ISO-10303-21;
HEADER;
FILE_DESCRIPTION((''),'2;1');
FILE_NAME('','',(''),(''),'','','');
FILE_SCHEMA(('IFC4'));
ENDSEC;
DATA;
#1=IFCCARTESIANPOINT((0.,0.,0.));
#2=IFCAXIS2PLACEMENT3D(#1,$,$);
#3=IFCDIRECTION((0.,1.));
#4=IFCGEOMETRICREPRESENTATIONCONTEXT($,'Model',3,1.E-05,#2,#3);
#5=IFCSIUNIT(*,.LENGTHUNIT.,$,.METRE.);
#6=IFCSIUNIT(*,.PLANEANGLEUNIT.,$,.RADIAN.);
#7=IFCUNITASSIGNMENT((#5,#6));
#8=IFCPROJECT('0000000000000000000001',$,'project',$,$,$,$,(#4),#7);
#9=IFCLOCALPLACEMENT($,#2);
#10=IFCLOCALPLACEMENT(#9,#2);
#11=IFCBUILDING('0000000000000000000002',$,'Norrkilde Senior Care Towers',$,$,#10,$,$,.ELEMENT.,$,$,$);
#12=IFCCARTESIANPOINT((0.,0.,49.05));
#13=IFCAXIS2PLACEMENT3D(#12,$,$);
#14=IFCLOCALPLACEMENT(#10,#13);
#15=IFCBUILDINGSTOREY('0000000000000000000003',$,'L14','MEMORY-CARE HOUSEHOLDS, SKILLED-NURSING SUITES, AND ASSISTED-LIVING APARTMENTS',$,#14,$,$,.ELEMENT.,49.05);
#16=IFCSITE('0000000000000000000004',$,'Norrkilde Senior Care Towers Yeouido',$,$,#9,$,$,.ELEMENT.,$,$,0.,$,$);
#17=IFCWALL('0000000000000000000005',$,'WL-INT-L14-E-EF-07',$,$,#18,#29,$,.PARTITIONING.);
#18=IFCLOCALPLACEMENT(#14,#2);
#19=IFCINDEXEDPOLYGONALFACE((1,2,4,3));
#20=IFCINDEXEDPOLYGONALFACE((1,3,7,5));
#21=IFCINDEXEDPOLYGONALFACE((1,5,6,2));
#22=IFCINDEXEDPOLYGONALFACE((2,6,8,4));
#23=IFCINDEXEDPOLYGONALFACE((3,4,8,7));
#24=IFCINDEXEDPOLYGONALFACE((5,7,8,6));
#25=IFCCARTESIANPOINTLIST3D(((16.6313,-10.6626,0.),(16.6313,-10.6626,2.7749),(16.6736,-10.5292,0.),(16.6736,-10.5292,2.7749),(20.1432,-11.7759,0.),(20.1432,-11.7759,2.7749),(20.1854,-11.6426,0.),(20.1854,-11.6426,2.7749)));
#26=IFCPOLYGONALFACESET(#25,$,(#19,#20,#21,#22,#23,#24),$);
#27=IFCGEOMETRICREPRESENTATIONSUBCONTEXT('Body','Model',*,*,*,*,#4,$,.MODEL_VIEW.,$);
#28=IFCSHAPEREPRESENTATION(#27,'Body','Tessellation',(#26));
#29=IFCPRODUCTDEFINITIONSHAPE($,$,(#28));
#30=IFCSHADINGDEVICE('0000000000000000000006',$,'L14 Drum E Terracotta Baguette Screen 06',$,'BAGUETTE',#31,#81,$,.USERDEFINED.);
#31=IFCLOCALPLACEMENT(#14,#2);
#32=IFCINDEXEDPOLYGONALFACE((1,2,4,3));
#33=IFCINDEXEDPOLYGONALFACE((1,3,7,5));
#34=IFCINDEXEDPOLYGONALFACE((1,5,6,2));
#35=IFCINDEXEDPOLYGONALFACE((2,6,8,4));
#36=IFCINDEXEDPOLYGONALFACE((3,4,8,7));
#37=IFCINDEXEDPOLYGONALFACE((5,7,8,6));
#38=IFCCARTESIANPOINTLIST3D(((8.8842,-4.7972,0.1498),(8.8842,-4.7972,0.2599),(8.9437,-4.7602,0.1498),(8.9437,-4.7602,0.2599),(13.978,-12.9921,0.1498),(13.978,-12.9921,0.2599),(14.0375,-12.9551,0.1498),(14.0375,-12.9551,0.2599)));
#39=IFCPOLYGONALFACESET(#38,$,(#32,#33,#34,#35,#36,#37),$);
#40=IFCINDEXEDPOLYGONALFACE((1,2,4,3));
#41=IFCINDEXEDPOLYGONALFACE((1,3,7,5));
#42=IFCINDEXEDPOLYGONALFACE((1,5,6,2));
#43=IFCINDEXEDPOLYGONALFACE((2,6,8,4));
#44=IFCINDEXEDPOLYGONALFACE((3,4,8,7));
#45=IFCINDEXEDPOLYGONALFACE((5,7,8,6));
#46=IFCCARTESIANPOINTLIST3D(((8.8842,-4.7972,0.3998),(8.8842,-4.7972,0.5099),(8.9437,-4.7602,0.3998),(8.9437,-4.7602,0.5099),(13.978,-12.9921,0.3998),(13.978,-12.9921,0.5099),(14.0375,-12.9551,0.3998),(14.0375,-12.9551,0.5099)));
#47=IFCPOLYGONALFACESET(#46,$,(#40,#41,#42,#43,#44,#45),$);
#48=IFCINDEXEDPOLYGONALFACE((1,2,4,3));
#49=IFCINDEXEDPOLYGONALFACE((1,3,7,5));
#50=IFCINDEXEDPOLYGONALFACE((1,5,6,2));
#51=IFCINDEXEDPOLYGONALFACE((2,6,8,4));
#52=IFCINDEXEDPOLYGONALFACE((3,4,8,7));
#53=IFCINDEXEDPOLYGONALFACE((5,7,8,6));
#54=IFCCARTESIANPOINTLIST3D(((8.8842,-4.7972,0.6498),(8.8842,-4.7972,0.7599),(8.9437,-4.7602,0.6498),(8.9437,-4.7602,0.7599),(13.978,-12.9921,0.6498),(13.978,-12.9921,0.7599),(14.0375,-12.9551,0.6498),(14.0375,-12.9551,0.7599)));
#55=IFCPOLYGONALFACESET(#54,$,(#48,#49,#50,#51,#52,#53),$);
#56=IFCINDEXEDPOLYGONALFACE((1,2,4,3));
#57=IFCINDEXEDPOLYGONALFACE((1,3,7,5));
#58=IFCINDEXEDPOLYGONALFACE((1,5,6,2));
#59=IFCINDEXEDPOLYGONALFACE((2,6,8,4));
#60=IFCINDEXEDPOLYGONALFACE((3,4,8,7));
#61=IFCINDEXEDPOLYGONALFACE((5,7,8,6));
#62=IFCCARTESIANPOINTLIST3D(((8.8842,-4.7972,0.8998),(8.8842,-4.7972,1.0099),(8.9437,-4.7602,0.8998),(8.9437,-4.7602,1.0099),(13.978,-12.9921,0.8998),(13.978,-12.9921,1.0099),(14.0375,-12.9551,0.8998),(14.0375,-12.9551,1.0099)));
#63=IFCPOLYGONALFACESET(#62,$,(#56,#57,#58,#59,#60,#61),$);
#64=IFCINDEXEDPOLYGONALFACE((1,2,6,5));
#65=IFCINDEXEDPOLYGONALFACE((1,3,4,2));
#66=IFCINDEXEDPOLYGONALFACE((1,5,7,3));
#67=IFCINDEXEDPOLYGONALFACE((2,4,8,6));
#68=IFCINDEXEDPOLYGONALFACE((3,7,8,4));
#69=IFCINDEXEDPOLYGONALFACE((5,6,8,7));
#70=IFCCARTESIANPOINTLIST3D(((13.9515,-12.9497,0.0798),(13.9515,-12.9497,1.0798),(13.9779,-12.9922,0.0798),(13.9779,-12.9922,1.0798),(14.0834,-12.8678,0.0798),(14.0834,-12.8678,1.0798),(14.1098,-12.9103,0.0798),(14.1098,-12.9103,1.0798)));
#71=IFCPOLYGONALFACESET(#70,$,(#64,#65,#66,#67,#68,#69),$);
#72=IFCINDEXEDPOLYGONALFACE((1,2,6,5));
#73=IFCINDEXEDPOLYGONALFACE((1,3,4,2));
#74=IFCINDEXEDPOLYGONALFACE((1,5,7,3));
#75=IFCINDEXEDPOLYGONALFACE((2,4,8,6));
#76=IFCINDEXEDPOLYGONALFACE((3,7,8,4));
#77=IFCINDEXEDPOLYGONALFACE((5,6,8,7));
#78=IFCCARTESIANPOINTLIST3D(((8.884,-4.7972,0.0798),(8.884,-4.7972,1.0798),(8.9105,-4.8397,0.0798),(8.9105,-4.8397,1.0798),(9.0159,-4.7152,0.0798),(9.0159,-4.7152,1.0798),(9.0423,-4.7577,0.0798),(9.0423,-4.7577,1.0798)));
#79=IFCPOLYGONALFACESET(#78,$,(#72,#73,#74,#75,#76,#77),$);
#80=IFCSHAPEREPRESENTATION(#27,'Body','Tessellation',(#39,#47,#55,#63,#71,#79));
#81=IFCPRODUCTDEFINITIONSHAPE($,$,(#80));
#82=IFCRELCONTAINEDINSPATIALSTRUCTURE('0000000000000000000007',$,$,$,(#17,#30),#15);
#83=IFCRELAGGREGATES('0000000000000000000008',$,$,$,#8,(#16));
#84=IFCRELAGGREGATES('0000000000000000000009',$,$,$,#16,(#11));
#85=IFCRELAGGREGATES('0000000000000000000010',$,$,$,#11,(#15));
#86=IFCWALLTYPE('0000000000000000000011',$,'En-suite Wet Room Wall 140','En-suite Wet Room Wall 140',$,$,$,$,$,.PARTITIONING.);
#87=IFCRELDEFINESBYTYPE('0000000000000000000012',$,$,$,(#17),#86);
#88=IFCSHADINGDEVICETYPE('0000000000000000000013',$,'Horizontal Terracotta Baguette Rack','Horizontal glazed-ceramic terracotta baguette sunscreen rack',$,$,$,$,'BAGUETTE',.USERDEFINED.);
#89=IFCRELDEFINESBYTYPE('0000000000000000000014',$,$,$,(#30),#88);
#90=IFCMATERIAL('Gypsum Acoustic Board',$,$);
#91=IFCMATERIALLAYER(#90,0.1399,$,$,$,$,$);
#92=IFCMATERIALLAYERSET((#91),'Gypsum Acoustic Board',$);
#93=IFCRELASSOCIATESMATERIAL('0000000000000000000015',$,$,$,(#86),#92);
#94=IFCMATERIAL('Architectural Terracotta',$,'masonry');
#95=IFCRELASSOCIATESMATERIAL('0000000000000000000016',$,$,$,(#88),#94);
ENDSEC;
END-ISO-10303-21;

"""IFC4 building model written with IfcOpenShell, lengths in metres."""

from ifc_helpers import new_model, si_unit, direction, frame, frame_2d, origin, origin_2d, place, context, subcontext, project, spatial, rectangle, extrude, source, transform, mapped, material, layer, layer_set, type_object, type_shapes, element, save


model = new_model("IFC4")

# Units and contexts
model_context = context("Model", 3, precision=1e-05, world=origin(), true_north=direction((0.0, 1.0)))
body_context = subcontext(model_context, "Body", "Model", "MODEL_VIEW")
ifc_project = project(units=[si_unit("LENGTHUNIT", "METRE"), si_unit("PLANEANGLEUNIT", "RADIAN")], contexts=[model_context])

# Site, building, storey
site_placement = place(None, origin())
site = spatial("IfcSite", under=ifc_project, at=site_placement, Name="Norrkilde Senior Care Towers Yeouido", CompositionType="ELEMENT", RefElevation=0.0)
building_placement = place(site_placement, origin())
building = spatial("IfcBuilding", under=site, at=building_placement, Name="Norrkilde Senior Care Towers", CompositionType="ELEMENT")
storey_placement = place(building_placement, frame((0.0, 0.0, 49.05)))
storey = spatial("IfcBuildingStorey", under=building, at=storey_placement, Name="L14", Description="MEMORY-CARE HOUSEHOLDS, SKILLED-NURSING SUITES, AND ASSISTED-LIVING APARTMENTS", CompositionType="ELEMENT", Elevation=49.05)

# Shared definitions
ifc_material_1 = material(Name="Gypsum Acoustic Board")

# Wall
ifc_layer_1 = layer(ifc_material_1, 0.1399)
ifc_layer_set_1 = layer_set([ifc_layer_1], Name="Gypsum Acoustic Board")
wall_type_1 = type_object("IfcWallType", Name="En-suite Wet Room Wall 140", Description="En-suite Wet Room Wall 140", PredefinedType="PARTITIONING", material=ifc_layer_set_1)
shared_shape_1 = source(origin(), body_context, "Body", "SweptSolid", [
    extrude(rectangle(XDim=3.6841, YDim=0.1399, at=frame_2d((1.842, 0.0))), origin(), (0.0, 0.0, 1.0), 2.7749),
])
type_shapes(wall_type_1, [shared_shape_1])
wall_1_placement = place(storey_placement, frame((20.1643, -11.7092, 0.0), z_axis=(0.0, 0.0, 1.0), x_axis=(-0.953246, 0.302197, 0.0)))
element("IfcWall", 1, at=wall_1_placement, inside=storey, type_object=wall_type_1, Name="WL-INT-L14-E-EF-07", PredefinedType="PARTITIONING", context=body_context, shape_type="MappedRepresentation", body=[
    mapped(shared_shape_1, transform((0.0, 0.0, 0.0), x_axis=(1.0, 0.0, 0.0), y_axis=(0.0, 1.0, 0.0), z_axis=(0.0, 0.0, 1.0), scale=1.0)),
])

# Shading device
ifc_material_2 = material(Name="Architectural Terracotta", Category="masonry")
shading_device_type = type_object("IfcShadingDeviceType", Name="Horizontal Terracotta Baguette Rack", Description="Horizontal glazed-ceramic terracotta baguette sunscreen rack", ElementType="BAGUETTE", PredefinedType="USERDEFINED", material=ifc_material_2)
shared_shape_2 = source(origin(), body_context, "Body", "SweptSolid", [
    extrude(rectangle(XDim=0.0701, YDim=0.1101, at=origin_2d()), frame((0.0, 0.0901, 0.125), z_axis=(1.0, 0.0, 0.0), x_axis=(0.0, 1.0, 0.0)), (0.0, 0.0, 1.0), 9.6489),
    extrude(rectangle(XDim=0.0701, YDim=0.1101, at=origin_2d()), frame((0.0, 0.0901, 0.375), z_axis=(1.0, 0.0, 0.0), x_axis=(0.0, 1.0, 0.0)), (0.0, 0.0, 1.0), 9.6489),
    extrude(rectangle(XDim=0.0701, YDim=0.1101, at=origin_2d()), frame((0.0, 0.0901, 0.625), z_axis=(1.0, 0.0, 0.0), x_axis=(0.0, 1.0, 0.0)), (0.0, 0.0, 1.0), 9.6489),
    extrude(rectangle(XDim=0.0701, YDim=0.1101, at=origin_2d()), frame((0.0, 0.0901, 0.875), z_axis=(1.0, 0.0, 0.0), x_axis=(0.0, 1.0, 0.0)), (0.0, 0.0, 1.0), 9.6489),
    extrude(rectangle(XDim=0.05, YDim=0.1553, at=origin_2d()), frame((0.0249, 0.0476, 0.0)), (0.0, 0.0, 1.0), 1.0),
    extrude(rectangle(XDim=0.05, YDim=0.1553, at=origin_2d()), frame((9.624, 0.0476, 0.0)), (0.0, 0.0, 1.0), 1.0),
])
type_shapes(shading_device_type, [shared_shape_2])
shading_device_placement = place(storey_placement, frame((14.0842, -12.926, 0.0798), z_axis=(0.0, 0.0, 1.0), x_axis=(-0.527909, 0.849299, 0.0)))
element("IfcShadingDevice", 2, at=shading_device_placement, inside=storey, type_object=shading_device_type, Name="L14 Drum E Terracotta Baguette Screen 06", ObjectType="BAGUETTE", PredefinedType="USERDEFINED", context=body_context, shape_type="MappedRepresentation", body=[
    mapped(shared_shape_2, transform((0.0, 0.0, 0.0), x_axis=(1.0, 0.0, 0.0), y_axis=(0.0, 1.0, 0.0), z_axis=(0.0, 0.0, 1.0), scale=1.0)),
])

save(model, "model.ifc")
